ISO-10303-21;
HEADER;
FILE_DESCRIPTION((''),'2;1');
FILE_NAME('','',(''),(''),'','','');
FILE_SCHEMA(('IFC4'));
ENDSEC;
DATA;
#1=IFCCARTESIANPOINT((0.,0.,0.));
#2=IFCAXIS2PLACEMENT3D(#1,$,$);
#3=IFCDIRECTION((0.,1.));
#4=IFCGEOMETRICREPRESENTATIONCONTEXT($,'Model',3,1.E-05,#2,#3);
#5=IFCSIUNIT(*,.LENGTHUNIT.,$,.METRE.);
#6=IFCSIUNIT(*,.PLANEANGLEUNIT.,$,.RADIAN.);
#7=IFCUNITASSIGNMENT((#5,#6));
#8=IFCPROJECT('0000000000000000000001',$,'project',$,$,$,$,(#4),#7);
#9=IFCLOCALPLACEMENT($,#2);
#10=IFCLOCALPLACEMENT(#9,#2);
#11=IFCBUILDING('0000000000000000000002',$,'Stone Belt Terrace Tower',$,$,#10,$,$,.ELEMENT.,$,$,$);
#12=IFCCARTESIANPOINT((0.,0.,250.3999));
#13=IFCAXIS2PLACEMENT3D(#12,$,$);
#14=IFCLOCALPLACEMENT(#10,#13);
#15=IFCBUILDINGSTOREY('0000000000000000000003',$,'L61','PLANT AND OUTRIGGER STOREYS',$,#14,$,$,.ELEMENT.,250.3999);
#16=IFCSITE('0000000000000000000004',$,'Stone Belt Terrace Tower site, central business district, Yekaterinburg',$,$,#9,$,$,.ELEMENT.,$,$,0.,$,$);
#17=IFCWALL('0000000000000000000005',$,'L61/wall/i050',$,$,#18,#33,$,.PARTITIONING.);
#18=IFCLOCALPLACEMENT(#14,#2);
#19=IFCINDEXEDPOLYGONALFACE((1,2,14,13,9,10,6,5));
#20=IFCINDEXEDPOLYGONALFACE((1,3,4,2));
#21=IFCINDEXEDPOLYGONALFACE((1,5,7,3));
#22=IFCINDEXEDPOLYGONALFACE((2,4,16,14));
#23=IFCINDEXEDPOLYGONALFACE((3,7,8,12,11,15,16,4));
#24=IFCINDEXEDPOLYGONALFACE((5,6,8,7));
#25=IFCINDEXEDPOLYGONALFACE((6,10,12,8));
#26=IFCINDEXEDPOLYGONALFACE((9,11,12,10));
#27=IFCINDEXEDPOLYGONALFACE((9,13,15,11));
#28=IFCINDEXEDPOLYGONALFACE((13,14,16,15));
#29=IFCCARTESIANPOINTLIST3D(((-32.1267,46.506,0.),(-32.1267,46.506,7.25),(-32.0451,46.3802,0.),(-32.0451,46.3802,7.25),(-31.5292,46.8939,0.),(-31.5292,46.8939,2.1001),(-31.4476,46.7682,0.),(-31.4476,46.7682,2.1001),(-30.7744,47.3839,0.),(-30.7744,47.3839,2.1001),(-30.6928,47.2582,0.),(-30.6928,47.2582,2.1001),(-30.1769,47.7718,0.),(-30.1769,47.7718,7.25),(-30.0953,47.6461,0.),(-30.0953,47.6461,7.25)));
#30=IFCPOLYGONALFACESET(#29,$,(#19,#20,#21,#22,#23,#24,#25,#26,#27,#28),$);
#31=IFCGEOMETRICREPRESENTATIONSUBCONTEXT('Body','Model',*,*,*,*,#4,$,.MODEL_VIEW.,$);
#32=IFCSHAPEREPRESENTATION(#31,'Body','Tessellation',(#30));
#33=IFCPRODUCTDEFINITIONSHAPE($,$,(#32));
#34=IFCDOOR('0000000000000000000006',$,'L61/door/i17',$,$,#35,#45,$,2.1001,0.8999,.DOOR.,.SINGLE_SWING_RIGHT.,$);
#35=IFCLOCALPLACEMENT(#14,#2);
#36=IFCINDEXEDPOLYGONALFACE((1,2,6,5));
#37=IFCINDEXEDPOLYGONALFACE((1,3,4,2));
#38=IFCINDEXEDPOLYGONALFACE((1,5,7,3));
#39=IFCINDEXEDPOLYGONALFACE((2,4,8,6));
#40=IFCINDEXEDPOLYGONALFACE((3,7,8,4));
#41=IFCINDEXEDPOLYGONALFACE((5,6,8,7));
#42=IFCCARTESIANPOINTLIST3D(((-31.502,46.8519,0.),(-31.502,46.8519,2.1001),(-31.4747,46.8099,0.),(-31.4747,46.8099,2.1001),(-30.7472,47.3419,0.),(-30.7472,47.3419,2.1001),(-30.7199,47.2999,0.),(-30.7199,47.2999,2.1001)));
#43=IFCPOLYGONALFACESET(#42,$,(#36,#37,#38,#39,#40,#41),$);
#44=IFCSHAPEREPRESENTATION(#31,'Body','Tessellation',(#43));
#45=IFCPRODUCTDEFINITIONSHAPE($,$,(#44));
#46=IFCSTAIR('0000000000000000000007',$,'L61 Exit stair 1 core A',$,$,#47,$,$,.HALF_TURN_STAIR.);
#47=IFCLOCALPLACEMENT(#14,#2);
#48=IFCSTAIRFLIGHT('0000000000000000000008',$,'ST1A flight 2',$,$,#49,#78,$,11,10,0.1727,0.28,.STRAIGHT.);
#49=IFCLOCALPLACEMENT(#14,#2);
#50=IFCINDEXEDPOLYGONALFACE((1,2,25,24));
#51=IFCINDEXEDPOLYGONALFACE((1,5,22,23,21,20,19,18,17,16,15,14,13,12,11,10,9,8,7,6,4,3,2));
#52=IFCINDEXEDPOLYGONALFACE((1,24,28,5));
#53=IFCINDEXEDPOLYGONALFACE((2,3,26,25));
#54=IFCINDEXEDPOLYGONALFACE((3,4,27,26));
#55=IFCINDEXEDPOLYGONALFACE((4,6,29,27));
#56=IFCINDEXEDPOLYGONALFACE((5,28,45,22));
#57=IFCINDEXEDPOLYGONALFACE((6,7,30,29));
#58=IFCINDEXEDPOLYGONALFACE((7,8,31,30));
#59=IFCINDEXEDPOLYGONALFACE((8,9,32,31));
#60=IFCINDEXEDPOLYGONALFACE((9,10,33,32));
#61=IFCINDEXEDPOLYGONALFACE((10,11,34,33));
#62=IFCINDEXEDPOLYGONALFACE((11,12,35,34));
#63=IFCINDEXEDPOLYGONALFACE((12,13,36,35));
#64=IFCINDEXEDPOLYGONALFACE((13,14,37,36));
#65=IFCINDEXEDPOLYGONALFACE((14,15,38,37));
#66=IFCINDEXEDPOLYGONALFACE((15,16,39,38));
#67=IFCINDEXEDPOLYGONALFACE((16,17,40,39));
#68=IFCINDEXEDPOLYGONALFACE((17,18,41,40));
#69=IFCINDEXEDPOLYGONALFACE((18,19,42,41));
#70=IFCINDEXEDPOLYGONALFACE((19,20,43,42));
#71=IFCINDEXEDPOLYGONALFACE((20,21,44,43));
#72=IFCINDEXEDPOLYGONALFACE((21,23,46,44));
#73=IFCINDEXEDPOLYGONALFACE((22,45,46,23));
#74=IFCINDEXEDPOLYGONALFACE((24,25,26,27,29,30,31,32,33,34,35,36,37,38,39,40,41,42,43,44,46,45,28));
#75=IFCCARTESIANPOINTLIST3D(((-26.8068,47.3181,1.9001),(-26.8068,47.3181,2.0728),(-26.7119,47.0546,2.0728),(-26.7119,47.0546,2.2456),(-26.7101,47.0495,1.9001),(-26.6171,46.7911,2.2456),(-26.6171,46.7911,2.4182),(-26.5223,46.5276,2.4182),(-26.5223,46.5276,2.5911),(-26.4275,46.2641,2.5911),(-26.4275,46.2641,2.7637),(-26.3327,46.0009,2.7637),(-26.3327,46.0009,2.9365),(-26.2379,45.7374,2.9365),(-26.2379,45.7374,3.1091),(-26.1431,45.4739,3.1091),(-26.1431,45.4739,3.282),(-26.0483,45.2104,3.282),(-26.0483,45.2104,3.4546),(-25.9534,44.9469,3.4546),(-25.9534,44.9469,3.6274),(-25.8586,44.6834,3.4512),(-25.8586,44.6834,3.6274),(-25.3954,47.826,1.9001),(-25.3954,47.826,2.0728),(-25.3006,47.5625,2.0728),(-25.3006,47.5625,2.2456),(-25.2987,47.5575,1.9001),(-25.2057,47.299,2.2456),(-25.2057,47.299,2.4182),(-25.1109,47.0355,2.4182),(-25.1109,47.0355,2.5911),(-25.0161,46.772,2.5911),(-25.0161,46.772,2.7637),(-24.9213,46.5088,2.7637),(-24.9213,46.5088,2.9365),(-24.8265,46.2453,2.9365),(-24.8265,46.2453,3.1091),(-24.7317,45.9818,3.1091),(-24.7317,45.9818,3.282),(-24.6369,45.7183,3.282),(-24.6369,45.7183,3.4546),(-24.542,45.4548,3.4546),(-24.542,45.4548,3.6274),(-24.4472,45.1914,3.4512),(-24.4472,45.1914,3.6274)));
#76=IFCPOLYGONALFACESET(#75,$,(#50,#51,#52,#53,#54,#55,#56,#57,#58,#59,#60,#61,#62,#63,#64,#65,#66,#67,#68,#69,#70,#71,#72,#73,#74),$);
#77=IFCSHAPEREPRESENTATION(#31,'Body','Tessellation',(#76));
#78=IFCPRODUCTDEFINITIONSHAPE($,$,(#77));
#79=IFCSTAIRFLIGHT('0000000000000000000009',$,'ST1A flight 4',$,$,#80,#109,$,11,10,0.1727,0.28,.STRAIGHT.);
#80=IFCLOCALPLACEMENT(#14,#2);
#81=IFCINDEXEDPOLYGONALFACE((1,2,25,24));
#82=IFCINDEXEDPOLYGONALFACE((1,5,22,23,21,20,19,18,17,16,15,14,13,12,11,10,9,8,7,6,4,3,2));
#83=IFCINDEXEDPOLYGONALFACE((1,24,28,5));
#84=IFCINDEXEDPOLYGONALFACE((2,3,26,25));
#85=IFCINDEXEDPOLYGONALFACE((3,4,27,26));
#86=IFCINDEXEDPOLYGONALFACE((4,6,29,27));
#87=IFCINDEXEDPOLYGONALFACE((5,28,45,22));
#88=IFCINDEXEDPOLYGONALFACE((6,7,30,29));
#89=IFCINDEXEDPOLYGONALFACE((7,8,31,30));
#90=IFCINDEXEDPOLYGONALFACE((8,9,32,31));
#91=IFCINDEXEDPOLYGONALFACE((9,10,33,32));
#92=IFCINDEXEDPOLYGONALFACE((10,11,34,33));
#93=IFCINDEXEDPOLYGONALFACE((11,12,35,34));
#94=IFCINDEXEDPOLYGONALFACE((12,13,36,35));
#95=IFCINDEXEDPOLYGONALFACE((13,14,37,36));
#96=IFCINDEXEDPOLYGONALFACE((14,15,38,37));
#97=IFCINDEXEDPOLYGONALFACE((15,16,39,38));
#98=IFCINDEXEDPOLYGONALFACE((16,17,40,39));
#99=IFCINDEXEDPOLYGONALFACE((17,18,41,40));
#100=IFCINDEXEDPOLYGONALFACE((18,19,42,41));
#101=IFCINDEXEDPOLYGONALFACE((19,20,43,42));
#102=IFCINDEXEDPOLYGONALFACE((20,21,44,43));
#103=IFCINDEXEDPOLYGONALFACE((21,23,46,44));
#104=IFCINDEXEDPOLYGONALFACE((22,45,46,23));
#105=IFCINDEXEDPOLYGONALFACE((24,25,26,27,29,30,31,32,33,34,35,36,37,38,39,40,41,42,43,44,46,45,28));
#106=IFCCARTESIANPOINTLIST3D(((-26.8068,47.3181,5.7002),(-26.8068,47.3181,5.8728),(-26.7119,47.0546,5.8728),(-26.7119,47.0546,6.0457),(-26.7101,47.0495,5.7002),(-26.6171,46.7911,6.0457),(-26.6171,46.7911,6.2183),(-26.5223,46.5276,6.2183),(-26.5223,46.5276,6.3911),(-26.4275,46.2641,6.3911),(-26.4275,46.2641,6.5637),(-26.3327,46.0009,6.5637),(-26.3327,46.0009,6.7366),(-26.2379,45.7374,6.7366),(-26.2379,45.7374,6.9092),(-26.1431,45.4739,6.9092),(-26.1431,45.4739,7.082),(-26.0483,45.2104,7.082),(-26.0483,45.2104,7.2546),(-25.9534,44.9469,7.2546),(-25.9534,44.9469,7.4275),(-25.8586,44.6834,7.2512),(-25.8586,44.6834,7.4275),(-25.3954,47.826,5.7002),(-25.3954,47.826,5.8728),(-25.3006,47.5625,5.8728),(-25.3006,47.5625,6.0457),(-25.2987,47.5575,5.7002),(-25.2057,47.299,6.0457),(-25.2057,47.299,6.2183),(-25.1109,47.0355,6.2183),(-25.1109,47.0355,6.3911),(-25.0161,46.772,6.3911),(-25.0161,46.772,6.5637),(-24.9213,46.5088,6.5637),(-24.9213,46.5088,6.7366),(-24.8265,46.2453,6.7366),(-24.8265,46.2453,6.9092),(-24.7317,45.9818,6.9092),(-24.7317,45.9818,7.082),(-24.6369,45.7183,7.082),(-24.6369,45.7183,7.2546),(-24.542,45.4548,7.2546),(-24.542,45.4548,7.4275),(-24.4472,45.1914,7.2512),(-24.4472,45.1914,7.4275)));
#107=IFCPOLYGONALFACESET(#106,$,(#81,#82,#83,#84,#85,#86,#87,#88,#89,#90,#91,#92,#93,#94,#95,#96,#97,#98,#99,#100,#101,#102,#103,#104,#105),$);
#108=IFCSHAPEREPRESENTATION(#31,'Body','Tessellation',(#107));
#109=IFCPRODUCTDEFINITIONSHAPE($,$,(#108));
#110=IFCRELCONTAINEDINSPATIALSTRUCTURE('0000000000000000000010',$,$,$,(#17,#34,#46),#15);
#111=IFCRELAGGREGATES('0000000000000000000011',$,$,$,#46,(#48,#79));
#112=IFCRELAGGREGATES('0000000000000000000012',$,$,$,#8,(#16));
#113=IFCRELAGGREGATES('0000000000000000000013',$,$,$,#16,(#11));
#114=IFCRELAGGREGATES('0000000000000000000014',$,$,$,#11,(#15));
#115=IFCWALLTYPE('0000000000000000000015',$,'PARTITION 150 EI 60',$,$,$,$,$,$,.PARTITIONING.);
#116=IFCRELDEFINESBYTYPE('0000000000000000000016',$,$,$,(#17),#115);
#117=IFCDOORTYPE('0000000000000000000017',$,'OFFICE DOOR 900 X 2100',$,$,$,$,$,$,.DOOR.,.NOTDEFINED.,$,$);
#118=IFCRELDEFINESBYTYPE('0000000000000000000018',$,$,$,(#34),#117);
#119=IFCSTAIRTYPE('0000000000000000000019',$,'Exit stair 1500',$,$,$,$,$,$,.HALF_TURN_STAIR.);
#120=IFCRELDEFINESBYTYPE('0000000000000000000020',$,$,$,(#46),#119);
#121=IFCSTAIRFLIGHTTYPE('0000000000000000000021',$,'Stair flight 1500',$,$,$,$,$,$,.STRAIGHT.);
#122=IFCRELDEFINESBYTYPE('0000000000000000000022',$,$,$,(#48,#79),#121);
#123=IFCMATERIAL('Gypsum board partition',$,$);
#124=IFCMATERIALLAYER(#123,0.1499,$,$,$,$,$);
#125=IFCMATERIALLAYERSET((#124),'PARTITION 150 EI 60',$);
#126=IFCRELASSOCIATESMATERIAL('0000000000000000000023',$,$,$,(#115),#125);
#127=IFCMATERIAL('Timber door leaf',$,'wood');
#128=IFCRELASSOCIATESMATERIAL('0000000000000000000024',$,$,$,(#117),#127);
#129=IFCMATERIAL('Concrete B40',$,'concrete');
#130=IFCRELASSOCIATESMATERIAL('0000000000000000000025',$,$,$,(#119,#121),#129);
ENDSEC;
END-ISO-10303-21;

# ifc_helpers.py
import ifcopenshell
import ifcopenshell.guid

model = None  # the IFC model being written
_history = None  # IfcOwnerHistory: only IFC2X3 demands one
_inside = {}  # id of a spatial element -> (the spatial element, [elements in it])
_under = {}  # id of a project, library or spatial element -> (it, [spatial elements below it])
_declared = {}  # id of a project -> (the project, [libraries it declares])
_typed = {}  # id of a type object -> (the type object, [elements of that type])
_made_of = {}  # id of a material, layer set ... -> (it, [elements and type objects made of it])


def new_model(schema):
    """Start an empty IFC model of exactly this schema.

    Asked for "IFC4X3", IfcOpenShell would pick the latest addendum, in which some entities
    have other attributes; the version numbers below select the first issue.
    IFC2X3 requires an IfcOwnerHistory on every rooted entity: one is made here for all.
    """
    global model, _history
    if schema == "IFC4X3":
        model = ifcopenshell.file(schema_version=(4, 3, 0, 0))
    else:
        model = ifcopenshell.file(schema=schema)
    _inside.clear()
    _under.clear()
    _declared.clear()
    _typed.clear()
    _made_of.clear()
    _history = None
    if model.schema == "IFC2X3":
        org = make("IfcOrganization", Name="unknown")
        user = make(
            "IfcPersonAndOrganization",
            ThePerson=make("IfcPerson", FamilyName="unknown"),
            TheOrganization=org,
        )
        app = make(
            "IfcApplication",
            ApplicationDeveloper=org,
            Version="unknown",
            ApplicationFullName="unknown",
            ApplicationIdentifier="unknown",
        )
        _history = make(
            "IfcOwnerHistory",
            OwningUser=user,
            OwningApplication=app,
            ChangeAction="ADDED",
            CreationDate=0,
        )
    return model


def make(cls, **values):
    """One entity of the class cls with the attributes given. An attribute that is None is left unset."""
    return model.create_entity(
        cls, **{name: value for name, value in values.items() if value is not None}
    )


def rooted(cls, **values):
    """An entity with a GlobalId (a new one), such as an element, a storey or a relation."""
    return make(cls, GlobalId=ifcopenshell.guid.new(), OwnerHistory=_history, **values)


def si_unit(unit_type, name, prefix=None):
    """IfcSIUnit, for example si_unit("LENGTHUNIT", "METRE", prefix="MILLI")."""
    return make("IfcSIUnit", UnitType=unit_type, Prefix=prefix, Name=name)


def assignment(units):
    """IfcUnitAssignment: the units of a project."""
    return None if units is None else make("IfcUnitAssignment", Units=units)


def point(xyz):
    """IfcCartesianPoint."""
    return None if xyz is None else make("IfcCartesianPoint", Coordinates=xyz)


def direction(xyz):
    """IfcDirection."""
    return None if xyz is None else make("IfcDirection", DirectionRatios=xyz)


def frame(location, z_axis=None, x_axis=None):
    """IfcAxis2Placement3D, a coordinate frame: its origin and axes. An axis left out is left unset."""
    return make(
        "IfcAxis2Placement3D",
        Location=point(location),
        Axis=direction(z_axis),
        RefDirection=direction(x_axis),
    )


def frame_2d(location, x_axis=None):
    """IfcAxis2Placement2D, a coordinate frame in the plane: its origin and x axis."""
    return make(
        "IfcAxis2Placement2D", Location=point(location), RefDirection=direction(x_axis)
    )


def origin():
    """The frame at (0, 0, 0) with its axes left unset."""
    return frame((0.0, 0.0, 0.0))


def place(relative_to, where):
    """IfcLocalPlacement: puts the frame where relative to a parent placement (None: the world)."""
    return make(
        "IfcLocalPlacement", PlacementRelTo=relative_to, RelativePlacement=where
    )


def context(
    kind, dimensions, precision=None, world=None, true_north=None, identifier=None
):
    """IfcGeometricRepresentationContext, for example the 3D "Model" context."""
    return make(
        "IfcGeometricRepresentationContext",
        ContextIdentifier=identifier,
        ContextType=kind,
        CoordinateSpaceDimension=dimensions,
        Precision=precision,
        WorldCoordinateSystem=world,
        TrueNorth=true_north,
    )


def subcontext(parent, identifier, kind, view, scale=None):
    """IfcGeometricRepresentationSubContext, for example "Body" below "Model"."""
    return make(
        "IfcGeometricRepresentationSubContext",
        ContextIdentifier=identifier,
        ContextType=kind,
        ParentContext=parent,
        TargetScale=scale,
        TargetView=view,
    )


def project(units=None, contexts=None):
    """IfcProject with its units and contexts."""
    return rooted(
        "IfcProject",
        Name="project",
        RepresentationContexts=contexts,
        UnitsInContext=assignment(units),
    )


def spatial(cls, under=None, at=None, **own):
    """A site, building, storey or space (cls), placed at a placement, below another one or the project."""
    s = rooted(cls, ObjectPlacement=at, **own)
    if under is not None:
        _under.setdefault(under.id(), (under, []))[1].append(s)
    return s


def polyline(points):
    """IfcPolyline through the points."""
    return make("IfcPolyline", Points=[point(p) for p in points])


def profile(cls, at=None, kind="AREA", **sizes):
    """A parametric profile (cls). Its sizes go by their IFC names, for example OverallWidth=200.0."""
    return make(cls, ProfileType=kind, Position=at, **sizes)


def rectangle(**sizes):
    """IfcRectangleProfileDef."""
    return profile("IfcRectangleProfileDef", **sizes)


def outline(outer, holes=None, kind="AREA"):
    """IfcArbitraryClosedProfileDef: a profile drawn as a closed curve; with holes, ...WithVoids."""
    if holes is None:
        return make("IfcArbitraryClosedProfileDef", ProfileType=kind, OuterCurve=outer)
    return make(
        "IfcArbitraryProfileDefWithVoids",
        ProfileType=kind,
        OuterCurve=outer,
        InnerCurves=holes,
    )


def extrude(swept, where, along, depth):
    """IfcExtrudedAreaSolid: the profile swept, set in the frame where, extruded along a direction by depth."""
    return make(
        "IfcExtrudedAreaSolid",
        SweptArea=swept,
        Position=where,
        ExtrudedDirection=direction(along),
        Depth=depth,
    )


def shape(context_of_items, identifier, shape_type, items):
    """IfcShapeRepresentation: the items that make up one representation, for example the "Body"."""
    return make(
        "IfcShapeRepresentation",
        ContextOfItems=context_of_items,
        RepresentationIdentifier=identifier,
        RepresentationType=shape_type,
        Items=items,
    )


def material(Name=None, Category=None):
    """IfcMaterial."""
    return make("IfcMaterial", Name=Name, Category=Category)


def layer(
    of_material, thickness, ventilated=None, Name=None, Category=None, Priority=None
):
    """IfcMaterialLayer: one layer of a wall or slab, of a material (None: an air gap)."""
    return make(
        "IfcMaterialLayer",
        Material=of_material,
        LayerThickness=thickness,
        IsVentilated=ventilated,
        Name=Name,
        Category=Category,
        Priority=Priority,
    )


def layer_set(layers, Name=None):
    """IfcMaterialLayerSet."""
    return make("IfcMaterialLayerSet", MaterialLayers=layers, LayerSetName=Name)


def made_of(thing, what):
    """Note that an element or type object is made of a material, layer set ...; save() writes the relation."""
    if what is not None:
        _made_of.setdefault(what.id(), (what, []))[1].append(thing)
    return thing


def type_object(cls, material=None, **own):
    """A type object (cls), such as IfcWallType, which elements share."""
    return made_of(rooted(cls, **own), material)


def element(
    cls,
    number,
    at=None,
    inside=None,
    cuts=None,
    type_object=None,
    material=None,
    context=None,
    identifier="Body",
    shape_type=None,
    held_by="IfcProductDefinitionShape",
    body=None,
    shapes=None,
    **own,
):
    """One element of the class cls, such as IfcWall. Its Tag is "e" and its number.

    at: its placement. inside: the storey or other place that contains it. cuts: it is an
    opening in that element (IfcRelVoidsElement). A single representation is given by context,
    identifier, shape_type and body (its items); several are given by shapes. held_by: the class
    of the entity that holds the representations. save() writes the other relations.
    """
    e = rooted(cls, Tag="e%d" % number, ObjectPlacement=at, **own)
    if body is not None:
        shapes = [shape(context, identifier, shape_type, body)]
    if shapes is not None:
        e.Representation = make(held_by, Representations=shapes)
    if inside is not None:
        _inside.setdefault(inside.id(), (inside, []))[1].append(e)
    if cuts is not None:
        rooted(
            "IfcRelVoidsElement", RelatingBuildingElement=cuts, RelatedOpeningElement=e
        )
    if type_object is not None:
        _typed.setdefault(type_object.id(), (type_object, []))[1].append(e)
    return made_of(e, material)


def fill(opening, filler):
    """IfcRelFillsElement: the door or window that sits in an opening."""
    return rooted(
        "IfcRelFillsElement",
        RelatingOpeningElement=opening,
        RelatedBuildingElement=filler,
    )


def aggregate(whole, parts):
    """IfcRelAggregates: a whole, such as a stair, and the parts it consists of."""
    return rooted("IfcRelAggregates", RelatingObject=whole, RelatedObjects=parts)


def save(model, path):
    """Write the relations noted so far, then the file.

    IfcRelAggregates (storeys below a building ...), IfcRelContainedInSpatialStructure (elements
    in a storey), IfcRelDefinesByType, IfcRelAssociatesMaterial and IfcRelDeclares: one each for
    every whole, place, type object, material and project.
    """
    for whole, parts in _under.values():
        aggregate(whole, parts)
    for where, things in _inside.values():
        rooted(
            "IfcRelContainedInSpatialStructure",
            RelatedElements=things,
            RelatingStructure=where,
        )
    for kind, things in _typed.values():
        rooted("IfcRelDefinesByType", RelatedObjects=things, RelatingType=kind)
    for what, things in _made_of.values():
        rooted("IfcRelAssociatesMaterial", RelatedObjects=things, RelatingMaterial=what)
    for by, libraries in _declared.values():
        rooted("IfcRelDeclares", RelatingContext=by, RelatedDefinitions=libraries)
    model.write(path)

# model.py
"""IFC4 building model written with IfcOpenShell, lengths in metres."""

from ifc_helpers import new_model, si_unit, direction, frame, frame_2d, origin, place, context, subcontext, project, spatial, polyline, rectangle, outline, extrude, material, layer, layer_set, type_object, element, fill, aggregate, save


model = new_model("IFC4")

# Units and contexts
model_context = context("Model", 3, precision=1e-05, world=origin(), true_north=direction((0.0, 1.0)))
body_context = subcontext(model_context, "Body", "Model", "MODEL_VIEW")
ifc_project = project(units=[si_unit("LENGTHUNIT", "METRE"), si_unit("PLANEANGLEUNIT", "RADIAN")], contexts=[model_context])

# Site, building, storey
site_placement = place(None, origin())
site = spatial("IfcSite", under=ifc_project, at=site_placement, Name="Stone Belt Terrace Tower site, central business district, Yekaterinburg", CompositionType="ELEMENT", RefElevation=0.0)
building_placement = place(site_placement, origin())
building = spatial("IfcBuilding", under=site, at=building_placement, Name="Stone Belt Terrace Tower", CompositionType="ELEMENT")
storey_placement = place(building_placement, frame((0.0, 0.0, 250.3999)))
storey = spatial("IfcBuildingStorey", under=building, at=storey_placement, Name="L61", Description="PLANT AND OUTRIGGER STOREYS", CompositionType="ELEMENT", Elevation=250.3999)

# Shared definitions
ifc_material_1 = material(Name="Gypsum board partition")
ifc_layer_1 = layer(ifc_material_1, 0.1499)
ifc_layer_set_1 = layer_set([ifc_layer_1], Name="PARTITION 150 EI 60")
wall_type_1 = type_object("IfcWallType", Name="PARTITION 150 EI 60", PredefinedType="PARTITIONING", material=ifc_layer_set_1)

# Shared definitions
ifc_material_2 = material(Name="Timber door leaf", Category="wood")
door_type_1 = type_object("IfcDoorType", Name="OFFICE DOOR 900 X 2100", OperationType="NOTDEFINED", PredefinedType="DOOR", material=ifc_material_2)

# Wall, opening, door
wall_1_placement = place(storey_placement, frame((-32.0859, 46.4431, 0.0), z_axis=(0.0, 0.0, 1.0), x_axis=(0.838758, 0.544505, 0.0)))
wall_1 = element("IfcWall", 1, at=wall_1_placement, inside=storey, type_object=wall_type_1, Name="L61/wall/i050", PredefinedType="PARTITIONING", context=body_context, shape_type="SweptSolid", body=[
    extrude(rectangle(XDim=2.3247, YDim=0.1499, at=frame_2d((1.1624, 0.0))), origin(), (0.0, 0.0, 1.0), 7.25),
])
opening_1_placement = place(wall_1_placement, frame((0.7124, 0.0, 0.0)))
opening_1 = element("IfcOpeningElement", 2, at=opening_1_placement, cuts=wall_1, PredefinedType="OPENING", context=body_context, shape_type="SweptSolid", body=[
    extrude(rectangle(XDim=0.8999, YDim=2.1001, at=frame_2d((0.45, 1.05))), frame((0.0, 0.085, 0.0), z_axis=(0.0, -1.0, 0.0), x_axis=(1.0, 0.0, 0.0)), (0.0, 0.0, 1.0), 0.1699),
])
door_1_placement = place(opening_1_placement, origin())
door_1 = element("IfcDoor", 3, at=door_1_placement, inside=storey, type_object=door_type_1, Name="L61/door/i17", OperationType="SINGLE_SWING_RIGHT", OverallHeight=2.1001, OverallWidth=0.8999, PredefinedType="DOOR", context=body_context, shape_type="SweptSolid", body=[
    extrude(rectangle(XDim=0.8999, YDim=2.1001, at=frame_2d((0.45, 1.05))), frame((0.0, 0.0249, 0.0), z_axis=(0.0, -1.0, 0.0), x_axis=(1.0, 0.0, 0.0)), (0.0, 0.0, 1.0), 0.05),
])
fill(opening_1, door_1)

# Stair, stair flights
ifc_material_3 = material(Name="Concrete B40", Category="concrete")
stair_type = type_object("IfcStairType", Name="Exit stair 1500", PredefinedType="HALF_TURN_STAIR", material=ifc_material_3)
stair_placement = place(storey_placement, origin())
stair = element("IfcStair", 4, at=stair_placement, inside=storey, type_object=stair_type, Name="L61 Exit stair 1 core A", PredefinedType="HALF_TURN_STAIR")
stair_flight_type = type_object("IfcStairFlightType", Name="Stair flight 1500", PredefinedType="STRAIGHT", material=ifc_material_3)
stair_flight_1_placement = place(storey_placement, frame((-26.1011, 47.572, 1.9001), z_axis=(0.0, 0.0, 1.0), x_axis=(0.338624, -0.940922, 0.0)))
stair_flight_1 = element("IfcStairFlight", 5, at=stair_flight_1_placement, type_object=stair_flight_type, Name="ST1A flight 2", NumberOfRisers=11, NumberOfTreads=10, PredefinedType="STRAIGHT", RiserHeight=0.1727, TreadLength=0.28, context=body_context, shape_type="SweptSolid", body=[
    extrude(outline(polyline([(0.0, 0.0), (0.0, 0.1726), (0.28, 0.1726), (0.28, 0.3455), (0.5601, 0.3455), (0.5601, 0.5181), (0.8401, 0.5181), (0.8401, 0.6909), (1.1201, 0.6909), (1.1201, 0.8635), (1.3999, 0.8635), (1.3999, 1.0364), (1.6799, 1.0364), (1.6799, 1.209), (1.96, 1.209), (1.96, 1.3818), (2.24, 1.3818), (2.24, 1.5544), (2.52, 1.5544), (2.52, 1.7273), (2.8, 1.7273), (2.8, 1.8999), (2.8, 1.551), (0.2854, 0.0), (0.0, 0.0)])), frame((0.0, 0.75, 0.0), z_axis=(0.0, -1.0, 0.0), x_axis=(1.0, 0.0, 0.0)), (0.0, 0.0, 1.0), 1.5),
])
stair_flight_2_placement = place(storey_placement, frame((-26.1011, 47.572, 5.7002), z_axis=(0.0, 0.0, 1.0), x_axis=(0.338624, -0.940922, 0.0)))
stair_flight_2 = element("IfcStairFlight", 6, at=stair_flight_2_placement, type_object=stair_flight_type, Name="ST1A flight 4", NumberOfRisers=11, NumberOfTreads=10, PredefinedType="STRAIGHT", RiserHeight=0.1727, TreadLength=0.28, context=body_context, shape_type="SweptSolid", body=[
    extrude(outline(polyline([(0.0, 0.0), (0.0, 0.1726), (0.28, 0.1726), (0.28, 0.3455), (0.5601, 0.3455), (0.5601, 0.5181), (0.8401, 0.5181), (0.8401, 0.6909), (1.1201, 0.6909), (1.1201, 0.8635), (1.3999, 0.8635), (1.3999, 1.0364), (1.6799, 1.0364), (1.6799, 1.209), (1.96, 1.209), (1.96, 1.3818), (2.24, 1.3818), (2.24, 1.5544), (2.52, 1.5544), (2.52, 1.7273), (2.8, 1.7273), (2.8, 1.8999), (2.8, 1.551), (0.2854, 0.0), (0.0, 0.0)])), frame((0.0, 0.75, 0.0), z_axis=(0.0, -1.0, 0.0), x_axis=(1.0, 0.0, 0.0)), (0.0, 0.0, 1.0), 1.5),
])
aggregate(stair, [stair_flight_1, stair_flight_2])

save(model, "model.ifc")
